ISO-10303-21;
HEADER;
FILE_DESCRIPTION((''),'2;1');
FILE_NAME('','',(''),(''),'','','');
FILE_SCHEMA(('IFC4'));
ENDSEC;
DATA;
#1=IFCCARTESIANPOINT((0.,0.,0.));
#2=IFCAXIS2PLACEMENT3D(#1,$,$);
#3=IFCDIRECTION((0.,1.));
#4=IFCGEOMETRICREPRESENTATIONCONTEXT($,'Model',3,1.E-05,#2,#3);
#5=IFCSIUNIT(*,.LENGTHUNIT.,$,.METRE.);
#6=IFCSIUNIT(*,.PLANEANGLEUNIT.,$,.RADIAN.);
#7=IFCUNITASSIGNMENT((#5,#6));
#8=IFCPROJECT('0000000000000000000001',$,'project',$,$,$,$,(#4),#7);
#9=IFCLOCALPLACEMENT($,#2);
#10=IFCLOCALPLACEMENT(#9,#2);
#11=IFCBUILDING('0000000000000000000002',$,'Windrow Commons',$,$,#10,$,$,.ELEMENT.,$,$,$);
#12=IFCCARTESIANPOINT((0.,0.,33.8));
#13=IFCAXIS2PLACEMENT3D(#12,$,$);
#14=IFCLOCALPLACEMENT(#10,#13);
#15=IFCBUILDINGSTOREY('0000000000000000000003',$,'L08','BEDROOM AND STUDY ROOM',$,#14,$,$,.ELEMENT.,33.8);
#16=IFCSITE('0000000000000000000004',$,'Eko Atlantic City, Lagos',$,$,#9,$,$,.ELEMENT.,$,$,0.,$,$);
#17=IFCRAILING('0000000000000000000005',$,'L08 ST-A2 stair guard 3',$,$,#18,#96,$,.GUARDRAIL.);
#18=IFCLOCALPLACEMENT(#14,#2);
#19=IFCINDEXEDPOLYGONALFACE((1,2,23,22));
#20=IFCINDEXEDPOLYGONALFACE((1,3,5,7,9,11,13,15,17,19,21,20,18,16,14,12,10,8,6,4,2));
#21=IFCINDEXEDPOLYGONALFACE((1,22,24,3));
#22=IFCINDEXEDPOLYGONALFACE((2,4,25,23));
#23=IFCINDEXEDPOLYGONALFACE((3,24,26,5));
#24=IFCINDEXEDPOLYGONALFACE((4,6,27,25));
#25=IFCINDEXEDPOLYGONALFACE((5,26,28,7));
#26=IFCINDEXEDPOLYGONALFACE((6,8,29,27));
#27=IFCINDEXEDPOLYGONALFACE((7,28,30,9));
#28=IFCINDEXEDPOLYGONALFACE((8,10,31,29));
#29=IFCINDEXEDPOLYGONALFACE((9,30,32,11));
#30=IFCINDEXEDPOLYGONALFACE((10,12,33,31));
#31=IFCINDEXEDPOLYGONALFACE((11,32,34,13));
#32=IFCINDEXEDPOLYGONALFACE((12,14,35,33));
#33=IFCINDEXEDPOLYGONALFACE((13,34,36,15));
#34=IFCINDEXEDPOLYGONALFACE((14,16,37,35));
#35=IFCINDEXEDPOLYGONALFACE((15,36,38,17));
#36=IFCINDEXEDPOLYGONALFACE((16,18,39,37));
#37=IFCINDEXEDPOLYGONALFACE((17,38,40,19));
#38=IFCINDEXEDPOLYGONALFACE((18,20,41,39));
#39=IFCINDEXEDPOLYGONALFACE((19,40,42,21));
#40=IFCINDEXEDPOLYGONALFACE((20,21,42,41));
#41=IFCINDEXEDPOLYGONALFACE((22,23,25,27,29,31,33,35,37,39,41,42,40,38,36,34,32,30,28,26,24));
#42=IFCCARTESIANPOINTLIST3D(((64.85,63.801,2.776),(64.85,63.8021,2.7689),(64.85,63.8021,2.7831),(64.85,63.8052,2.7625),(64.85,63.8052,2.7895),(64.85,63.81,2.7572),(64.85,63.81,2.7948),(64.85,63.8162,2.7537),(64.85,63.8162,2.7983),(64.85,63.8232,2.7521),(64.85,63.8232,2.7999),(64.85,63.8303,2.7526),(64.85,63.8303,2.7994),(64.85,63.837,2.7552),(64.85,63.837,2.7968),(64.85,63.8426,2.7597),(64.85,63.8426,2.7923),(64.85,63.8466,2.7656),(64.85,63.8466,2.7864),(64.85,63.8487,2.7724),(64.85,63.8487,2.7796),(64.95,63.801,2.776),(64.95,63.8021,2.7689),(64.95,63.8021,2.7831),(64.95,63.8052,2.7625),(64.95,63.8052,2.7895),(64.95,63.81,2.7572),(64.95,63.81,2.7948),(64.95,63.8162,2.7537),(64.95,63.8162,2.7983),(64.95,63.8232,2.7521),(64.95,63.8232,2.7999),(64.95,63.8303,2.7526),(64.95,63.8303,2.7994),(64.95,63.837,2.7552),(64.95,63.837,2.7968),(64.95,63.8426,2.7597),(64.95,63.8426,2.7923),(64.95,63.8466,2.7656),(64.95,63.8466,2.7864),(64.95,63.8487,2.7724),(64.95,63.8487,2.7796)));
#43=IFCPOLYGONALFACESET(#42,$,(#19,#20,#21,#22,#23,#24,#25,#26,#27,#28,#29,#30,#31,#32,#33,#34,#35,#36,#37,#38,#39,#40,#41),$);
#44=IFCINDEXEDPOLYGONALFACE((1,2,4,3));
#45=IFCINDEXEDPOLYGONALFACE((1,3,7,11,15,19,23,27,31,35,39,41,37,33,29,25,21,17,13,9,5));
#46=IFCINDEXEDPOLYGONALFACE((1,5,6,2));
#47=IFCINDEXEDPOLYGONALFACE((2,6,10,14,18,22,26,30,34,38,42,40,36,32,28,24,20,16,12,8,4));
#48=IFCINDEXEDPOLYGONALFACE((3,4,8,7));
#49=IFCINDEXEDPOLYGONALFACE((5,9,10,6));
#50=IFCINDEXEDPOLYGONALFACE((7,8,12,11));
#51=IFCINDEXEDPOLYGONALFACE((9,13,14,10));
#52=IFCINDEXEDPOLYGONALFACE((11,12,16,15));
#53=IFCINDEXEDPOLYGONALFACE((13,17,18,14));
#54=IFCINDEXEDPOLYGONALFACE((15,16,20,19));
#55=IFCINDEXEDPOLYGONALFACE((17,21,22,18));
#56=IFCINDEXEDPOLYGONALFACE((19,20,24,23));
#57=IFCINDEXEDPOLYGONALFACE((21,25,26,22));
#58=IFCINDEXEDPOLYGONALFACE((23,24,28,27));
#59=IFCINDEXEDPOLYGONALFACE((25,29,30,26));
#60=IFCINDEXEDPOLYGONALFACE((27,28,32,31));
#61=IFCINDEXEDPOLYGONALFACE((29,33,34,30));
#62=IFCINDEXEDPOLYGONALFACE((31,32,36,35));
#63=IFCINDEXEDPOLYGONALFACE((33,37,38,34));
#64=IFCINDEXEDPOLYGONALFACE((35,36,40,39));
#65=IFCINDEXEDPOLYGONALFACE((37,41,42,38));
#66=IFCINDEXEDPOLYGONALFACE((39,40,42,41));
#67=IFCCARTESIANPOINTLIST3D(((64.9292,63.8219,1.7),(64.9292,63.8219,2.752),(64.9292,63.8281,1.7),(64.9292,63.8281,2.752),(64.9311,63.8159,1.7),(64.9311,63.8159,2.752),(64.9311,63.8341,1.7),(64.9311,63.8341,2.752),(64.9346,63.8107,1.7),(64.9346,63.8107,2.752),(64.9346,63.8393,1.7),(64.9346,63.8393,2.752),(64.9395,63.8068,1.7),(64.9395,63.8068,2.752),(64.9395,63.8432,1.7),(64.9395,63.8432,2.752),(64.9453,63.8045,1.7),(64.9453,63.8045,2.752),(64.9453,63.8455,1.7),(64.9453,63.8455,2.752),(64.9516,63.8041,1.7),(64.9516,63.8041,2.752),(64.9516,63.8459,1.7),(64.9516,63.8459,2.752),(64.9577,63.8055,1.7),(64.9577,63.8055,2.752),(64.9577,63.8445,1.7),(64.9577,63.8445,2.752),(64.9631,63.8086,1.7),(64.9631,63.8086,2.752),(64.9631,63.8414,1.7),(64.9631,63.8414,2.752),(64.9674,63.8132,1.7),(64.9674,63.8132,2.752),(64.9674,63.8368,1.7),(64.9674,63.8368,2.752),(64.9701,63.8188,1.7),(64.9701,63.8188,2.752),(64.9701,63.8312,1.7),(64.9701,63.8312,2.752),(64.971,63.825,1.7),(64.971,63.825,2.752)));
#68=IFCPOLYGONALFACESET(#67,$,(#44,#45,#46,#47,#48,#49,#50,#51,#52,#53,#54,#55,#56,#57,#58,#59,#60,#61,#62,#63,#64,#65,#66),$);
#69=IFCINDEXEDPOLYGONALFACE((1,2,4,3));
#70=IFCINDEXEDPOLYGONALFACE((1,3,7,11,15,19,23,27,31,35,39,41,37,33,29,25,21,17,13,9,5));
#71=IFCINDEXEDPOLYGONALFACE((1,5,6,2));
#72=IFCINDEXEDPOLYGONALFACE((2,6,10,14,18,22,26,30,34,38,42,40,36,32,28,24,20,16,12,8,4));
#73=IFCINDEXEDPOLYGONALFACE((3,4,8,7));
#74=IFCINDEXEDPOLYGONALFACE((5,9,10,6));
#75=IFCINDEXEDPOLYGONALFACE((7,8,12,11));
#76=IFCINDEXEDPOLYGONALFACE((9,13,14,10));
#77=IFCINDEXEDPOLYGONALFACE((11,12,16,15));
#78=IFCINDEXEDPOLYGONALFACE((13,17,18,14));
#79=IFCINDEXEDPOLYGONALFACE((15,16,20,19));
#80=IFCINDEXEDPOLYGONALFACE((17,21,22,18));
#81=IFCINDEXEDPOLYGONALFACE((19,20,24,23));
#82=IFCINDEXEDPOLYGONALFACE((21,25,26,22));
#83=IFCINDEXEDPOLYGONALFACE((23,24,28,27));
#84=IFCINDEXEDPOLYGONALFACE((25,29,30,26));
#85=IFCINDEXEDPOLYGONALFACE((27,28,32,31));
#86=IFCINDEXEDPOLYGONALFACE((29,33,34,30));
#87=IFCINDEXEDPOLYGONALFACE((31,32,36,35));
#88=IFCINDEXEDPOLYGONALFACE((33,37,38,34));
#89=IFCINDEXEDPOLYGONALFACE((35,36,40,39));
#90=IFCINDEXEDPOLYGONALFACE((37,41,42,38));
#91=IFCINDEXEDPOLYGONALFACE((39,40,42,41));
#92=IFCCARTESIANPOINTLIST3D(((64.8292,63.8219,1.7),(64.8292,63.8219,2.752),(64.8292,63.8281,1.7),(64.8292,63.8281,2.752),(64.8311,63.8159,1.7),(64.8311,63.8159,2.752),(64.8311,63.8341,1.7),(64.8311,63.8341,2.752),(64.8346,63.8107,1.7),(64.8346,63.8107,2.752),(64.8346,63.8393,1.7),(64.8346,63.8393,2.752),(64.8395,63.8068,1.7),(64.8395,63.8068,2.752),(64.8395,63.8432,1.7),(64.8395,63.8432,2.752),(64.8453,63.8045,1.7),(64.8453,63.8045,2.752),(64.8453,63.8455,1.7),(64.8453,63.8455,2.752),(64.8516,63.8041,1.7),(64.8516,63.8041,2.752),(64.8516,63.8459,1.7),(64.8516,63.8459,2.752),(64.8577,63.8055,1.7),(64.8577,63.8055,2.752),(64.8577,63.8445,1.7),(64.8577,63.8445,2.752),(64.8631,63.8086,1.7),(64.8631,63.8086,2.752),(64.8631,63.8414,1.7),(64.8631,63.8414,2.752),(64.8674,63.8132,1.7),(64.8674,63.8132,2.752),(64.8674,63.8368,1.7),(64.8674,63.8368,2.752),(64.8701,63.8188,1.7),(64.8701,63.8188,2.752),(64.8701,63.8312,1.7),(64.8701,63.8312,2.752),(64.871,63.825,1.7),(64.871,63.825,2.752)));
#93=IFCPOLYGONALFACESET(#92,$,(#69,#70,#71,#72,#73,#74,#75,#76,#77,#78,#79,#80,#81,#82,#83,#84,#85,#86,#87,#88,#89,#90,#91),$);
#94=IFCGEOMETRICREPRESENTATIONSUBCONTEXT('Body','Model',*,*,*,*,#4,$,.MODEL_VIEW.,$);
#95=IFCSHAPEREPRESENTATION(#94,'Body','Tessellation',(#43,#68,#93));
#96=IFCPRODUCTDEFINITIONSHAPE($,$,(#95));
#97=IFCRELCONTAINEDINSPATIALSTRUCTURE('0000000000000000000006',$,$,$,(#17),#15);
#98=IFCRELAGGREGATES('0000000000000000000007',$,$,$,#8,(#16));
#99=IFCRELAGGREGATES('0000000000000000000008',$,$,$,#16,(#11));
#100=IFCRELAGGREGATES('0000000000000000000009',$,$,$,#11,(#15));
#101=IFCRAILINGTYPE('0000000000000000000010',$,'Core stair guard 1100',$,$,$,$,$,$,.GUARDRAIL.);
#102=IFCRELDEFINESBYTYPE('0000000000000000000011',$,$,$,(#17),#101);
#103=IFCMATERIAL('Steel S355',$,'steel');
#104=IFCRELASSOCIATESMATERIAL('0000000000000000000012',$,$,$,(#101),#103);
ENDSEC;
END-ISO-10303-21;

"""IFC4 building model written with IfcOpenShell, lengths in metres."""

from ifc_helpers import new_model, si_unit, direction, frame, origin, origin_2d, place, context, subcontext, project, spatial, circle, extrude, material, type_object, element, save


model = new_model("IFC4")

# Units and contexts
model_context = context("Model", 3, precision=1e-05, world=origin(), true_north=direction((0.0, 1.0)))
body_context = subcontext(model_context, "Body", "Model", "MODEL_VIEW")
ifc_project = project(units=[si_unit("LENGTHUNIT", "METRE"), si_unit("PLANEANGLEUNIT", "RADIAN")], contexts=[model_context])

# Site, building, storey
site_placement = place(None, origin())
site = spatial("IfcSite", under=ifc_project, at=site_placement, Name="Eko Atlantic City, Lagos", CompositionType="ELEMENT", RefElevation=0.0)
building_placement = place(site_placement, origin())
building = spatial("IfcBuilding", under=site, at=building_placement, Name="Windrow Commons", CompositionType="ELEMENT")
storey_placement = place(building_placement, frame((0.0, 0.0, 33.8)))
storey = spatial("IfcBuildingStorey", under=building, at=storey_placement, Name="L08", Description="BEDROOM AND STUDY ROOM", CompositionType="ELEMENT", Elevation=33.8)

# Railing
ifc_material_1 = material(Name="Steel S355", Category="steel")
railing_type_1 = type_object("IfcRailingType", Name="Core stair guard 1100", PredefinedType="GUARDRAIL", material=ifc_material_1)
railing_1_placement = place(storey_placement, frame((64.95, 63.825, 1.7)))
element("IfcRailing", 1, at=railing_1_placement, inside=storey, type_object=railing_type_1, Name="L08 ST-A2 stair guard 3", PredefinedType="GUARDRAIL", context=body_context, shape_type="SweptSolid", body=[
    extrude(circle(Radius=0.024, at=origin_2d()), frame((0.0, 0.0, 1.076), z_axis=(-1.0, 0.0, 0.0), x_axis=(0.0, -1.0, 0.0)), (0.0, 0.0, 1.0), 0.1),
    extrude(circle(Radius=0.021, at=origin_2d()), origin(), (0.0, 0.0, 1.0), 1.052),
    extrude(circle(Radius=0.021, at=origin_2d()), frame((-0.1, 0.0, 0.0)), (0.0, 0.0, 1.0), 1.052),
])

save(model, "model.ifc")
